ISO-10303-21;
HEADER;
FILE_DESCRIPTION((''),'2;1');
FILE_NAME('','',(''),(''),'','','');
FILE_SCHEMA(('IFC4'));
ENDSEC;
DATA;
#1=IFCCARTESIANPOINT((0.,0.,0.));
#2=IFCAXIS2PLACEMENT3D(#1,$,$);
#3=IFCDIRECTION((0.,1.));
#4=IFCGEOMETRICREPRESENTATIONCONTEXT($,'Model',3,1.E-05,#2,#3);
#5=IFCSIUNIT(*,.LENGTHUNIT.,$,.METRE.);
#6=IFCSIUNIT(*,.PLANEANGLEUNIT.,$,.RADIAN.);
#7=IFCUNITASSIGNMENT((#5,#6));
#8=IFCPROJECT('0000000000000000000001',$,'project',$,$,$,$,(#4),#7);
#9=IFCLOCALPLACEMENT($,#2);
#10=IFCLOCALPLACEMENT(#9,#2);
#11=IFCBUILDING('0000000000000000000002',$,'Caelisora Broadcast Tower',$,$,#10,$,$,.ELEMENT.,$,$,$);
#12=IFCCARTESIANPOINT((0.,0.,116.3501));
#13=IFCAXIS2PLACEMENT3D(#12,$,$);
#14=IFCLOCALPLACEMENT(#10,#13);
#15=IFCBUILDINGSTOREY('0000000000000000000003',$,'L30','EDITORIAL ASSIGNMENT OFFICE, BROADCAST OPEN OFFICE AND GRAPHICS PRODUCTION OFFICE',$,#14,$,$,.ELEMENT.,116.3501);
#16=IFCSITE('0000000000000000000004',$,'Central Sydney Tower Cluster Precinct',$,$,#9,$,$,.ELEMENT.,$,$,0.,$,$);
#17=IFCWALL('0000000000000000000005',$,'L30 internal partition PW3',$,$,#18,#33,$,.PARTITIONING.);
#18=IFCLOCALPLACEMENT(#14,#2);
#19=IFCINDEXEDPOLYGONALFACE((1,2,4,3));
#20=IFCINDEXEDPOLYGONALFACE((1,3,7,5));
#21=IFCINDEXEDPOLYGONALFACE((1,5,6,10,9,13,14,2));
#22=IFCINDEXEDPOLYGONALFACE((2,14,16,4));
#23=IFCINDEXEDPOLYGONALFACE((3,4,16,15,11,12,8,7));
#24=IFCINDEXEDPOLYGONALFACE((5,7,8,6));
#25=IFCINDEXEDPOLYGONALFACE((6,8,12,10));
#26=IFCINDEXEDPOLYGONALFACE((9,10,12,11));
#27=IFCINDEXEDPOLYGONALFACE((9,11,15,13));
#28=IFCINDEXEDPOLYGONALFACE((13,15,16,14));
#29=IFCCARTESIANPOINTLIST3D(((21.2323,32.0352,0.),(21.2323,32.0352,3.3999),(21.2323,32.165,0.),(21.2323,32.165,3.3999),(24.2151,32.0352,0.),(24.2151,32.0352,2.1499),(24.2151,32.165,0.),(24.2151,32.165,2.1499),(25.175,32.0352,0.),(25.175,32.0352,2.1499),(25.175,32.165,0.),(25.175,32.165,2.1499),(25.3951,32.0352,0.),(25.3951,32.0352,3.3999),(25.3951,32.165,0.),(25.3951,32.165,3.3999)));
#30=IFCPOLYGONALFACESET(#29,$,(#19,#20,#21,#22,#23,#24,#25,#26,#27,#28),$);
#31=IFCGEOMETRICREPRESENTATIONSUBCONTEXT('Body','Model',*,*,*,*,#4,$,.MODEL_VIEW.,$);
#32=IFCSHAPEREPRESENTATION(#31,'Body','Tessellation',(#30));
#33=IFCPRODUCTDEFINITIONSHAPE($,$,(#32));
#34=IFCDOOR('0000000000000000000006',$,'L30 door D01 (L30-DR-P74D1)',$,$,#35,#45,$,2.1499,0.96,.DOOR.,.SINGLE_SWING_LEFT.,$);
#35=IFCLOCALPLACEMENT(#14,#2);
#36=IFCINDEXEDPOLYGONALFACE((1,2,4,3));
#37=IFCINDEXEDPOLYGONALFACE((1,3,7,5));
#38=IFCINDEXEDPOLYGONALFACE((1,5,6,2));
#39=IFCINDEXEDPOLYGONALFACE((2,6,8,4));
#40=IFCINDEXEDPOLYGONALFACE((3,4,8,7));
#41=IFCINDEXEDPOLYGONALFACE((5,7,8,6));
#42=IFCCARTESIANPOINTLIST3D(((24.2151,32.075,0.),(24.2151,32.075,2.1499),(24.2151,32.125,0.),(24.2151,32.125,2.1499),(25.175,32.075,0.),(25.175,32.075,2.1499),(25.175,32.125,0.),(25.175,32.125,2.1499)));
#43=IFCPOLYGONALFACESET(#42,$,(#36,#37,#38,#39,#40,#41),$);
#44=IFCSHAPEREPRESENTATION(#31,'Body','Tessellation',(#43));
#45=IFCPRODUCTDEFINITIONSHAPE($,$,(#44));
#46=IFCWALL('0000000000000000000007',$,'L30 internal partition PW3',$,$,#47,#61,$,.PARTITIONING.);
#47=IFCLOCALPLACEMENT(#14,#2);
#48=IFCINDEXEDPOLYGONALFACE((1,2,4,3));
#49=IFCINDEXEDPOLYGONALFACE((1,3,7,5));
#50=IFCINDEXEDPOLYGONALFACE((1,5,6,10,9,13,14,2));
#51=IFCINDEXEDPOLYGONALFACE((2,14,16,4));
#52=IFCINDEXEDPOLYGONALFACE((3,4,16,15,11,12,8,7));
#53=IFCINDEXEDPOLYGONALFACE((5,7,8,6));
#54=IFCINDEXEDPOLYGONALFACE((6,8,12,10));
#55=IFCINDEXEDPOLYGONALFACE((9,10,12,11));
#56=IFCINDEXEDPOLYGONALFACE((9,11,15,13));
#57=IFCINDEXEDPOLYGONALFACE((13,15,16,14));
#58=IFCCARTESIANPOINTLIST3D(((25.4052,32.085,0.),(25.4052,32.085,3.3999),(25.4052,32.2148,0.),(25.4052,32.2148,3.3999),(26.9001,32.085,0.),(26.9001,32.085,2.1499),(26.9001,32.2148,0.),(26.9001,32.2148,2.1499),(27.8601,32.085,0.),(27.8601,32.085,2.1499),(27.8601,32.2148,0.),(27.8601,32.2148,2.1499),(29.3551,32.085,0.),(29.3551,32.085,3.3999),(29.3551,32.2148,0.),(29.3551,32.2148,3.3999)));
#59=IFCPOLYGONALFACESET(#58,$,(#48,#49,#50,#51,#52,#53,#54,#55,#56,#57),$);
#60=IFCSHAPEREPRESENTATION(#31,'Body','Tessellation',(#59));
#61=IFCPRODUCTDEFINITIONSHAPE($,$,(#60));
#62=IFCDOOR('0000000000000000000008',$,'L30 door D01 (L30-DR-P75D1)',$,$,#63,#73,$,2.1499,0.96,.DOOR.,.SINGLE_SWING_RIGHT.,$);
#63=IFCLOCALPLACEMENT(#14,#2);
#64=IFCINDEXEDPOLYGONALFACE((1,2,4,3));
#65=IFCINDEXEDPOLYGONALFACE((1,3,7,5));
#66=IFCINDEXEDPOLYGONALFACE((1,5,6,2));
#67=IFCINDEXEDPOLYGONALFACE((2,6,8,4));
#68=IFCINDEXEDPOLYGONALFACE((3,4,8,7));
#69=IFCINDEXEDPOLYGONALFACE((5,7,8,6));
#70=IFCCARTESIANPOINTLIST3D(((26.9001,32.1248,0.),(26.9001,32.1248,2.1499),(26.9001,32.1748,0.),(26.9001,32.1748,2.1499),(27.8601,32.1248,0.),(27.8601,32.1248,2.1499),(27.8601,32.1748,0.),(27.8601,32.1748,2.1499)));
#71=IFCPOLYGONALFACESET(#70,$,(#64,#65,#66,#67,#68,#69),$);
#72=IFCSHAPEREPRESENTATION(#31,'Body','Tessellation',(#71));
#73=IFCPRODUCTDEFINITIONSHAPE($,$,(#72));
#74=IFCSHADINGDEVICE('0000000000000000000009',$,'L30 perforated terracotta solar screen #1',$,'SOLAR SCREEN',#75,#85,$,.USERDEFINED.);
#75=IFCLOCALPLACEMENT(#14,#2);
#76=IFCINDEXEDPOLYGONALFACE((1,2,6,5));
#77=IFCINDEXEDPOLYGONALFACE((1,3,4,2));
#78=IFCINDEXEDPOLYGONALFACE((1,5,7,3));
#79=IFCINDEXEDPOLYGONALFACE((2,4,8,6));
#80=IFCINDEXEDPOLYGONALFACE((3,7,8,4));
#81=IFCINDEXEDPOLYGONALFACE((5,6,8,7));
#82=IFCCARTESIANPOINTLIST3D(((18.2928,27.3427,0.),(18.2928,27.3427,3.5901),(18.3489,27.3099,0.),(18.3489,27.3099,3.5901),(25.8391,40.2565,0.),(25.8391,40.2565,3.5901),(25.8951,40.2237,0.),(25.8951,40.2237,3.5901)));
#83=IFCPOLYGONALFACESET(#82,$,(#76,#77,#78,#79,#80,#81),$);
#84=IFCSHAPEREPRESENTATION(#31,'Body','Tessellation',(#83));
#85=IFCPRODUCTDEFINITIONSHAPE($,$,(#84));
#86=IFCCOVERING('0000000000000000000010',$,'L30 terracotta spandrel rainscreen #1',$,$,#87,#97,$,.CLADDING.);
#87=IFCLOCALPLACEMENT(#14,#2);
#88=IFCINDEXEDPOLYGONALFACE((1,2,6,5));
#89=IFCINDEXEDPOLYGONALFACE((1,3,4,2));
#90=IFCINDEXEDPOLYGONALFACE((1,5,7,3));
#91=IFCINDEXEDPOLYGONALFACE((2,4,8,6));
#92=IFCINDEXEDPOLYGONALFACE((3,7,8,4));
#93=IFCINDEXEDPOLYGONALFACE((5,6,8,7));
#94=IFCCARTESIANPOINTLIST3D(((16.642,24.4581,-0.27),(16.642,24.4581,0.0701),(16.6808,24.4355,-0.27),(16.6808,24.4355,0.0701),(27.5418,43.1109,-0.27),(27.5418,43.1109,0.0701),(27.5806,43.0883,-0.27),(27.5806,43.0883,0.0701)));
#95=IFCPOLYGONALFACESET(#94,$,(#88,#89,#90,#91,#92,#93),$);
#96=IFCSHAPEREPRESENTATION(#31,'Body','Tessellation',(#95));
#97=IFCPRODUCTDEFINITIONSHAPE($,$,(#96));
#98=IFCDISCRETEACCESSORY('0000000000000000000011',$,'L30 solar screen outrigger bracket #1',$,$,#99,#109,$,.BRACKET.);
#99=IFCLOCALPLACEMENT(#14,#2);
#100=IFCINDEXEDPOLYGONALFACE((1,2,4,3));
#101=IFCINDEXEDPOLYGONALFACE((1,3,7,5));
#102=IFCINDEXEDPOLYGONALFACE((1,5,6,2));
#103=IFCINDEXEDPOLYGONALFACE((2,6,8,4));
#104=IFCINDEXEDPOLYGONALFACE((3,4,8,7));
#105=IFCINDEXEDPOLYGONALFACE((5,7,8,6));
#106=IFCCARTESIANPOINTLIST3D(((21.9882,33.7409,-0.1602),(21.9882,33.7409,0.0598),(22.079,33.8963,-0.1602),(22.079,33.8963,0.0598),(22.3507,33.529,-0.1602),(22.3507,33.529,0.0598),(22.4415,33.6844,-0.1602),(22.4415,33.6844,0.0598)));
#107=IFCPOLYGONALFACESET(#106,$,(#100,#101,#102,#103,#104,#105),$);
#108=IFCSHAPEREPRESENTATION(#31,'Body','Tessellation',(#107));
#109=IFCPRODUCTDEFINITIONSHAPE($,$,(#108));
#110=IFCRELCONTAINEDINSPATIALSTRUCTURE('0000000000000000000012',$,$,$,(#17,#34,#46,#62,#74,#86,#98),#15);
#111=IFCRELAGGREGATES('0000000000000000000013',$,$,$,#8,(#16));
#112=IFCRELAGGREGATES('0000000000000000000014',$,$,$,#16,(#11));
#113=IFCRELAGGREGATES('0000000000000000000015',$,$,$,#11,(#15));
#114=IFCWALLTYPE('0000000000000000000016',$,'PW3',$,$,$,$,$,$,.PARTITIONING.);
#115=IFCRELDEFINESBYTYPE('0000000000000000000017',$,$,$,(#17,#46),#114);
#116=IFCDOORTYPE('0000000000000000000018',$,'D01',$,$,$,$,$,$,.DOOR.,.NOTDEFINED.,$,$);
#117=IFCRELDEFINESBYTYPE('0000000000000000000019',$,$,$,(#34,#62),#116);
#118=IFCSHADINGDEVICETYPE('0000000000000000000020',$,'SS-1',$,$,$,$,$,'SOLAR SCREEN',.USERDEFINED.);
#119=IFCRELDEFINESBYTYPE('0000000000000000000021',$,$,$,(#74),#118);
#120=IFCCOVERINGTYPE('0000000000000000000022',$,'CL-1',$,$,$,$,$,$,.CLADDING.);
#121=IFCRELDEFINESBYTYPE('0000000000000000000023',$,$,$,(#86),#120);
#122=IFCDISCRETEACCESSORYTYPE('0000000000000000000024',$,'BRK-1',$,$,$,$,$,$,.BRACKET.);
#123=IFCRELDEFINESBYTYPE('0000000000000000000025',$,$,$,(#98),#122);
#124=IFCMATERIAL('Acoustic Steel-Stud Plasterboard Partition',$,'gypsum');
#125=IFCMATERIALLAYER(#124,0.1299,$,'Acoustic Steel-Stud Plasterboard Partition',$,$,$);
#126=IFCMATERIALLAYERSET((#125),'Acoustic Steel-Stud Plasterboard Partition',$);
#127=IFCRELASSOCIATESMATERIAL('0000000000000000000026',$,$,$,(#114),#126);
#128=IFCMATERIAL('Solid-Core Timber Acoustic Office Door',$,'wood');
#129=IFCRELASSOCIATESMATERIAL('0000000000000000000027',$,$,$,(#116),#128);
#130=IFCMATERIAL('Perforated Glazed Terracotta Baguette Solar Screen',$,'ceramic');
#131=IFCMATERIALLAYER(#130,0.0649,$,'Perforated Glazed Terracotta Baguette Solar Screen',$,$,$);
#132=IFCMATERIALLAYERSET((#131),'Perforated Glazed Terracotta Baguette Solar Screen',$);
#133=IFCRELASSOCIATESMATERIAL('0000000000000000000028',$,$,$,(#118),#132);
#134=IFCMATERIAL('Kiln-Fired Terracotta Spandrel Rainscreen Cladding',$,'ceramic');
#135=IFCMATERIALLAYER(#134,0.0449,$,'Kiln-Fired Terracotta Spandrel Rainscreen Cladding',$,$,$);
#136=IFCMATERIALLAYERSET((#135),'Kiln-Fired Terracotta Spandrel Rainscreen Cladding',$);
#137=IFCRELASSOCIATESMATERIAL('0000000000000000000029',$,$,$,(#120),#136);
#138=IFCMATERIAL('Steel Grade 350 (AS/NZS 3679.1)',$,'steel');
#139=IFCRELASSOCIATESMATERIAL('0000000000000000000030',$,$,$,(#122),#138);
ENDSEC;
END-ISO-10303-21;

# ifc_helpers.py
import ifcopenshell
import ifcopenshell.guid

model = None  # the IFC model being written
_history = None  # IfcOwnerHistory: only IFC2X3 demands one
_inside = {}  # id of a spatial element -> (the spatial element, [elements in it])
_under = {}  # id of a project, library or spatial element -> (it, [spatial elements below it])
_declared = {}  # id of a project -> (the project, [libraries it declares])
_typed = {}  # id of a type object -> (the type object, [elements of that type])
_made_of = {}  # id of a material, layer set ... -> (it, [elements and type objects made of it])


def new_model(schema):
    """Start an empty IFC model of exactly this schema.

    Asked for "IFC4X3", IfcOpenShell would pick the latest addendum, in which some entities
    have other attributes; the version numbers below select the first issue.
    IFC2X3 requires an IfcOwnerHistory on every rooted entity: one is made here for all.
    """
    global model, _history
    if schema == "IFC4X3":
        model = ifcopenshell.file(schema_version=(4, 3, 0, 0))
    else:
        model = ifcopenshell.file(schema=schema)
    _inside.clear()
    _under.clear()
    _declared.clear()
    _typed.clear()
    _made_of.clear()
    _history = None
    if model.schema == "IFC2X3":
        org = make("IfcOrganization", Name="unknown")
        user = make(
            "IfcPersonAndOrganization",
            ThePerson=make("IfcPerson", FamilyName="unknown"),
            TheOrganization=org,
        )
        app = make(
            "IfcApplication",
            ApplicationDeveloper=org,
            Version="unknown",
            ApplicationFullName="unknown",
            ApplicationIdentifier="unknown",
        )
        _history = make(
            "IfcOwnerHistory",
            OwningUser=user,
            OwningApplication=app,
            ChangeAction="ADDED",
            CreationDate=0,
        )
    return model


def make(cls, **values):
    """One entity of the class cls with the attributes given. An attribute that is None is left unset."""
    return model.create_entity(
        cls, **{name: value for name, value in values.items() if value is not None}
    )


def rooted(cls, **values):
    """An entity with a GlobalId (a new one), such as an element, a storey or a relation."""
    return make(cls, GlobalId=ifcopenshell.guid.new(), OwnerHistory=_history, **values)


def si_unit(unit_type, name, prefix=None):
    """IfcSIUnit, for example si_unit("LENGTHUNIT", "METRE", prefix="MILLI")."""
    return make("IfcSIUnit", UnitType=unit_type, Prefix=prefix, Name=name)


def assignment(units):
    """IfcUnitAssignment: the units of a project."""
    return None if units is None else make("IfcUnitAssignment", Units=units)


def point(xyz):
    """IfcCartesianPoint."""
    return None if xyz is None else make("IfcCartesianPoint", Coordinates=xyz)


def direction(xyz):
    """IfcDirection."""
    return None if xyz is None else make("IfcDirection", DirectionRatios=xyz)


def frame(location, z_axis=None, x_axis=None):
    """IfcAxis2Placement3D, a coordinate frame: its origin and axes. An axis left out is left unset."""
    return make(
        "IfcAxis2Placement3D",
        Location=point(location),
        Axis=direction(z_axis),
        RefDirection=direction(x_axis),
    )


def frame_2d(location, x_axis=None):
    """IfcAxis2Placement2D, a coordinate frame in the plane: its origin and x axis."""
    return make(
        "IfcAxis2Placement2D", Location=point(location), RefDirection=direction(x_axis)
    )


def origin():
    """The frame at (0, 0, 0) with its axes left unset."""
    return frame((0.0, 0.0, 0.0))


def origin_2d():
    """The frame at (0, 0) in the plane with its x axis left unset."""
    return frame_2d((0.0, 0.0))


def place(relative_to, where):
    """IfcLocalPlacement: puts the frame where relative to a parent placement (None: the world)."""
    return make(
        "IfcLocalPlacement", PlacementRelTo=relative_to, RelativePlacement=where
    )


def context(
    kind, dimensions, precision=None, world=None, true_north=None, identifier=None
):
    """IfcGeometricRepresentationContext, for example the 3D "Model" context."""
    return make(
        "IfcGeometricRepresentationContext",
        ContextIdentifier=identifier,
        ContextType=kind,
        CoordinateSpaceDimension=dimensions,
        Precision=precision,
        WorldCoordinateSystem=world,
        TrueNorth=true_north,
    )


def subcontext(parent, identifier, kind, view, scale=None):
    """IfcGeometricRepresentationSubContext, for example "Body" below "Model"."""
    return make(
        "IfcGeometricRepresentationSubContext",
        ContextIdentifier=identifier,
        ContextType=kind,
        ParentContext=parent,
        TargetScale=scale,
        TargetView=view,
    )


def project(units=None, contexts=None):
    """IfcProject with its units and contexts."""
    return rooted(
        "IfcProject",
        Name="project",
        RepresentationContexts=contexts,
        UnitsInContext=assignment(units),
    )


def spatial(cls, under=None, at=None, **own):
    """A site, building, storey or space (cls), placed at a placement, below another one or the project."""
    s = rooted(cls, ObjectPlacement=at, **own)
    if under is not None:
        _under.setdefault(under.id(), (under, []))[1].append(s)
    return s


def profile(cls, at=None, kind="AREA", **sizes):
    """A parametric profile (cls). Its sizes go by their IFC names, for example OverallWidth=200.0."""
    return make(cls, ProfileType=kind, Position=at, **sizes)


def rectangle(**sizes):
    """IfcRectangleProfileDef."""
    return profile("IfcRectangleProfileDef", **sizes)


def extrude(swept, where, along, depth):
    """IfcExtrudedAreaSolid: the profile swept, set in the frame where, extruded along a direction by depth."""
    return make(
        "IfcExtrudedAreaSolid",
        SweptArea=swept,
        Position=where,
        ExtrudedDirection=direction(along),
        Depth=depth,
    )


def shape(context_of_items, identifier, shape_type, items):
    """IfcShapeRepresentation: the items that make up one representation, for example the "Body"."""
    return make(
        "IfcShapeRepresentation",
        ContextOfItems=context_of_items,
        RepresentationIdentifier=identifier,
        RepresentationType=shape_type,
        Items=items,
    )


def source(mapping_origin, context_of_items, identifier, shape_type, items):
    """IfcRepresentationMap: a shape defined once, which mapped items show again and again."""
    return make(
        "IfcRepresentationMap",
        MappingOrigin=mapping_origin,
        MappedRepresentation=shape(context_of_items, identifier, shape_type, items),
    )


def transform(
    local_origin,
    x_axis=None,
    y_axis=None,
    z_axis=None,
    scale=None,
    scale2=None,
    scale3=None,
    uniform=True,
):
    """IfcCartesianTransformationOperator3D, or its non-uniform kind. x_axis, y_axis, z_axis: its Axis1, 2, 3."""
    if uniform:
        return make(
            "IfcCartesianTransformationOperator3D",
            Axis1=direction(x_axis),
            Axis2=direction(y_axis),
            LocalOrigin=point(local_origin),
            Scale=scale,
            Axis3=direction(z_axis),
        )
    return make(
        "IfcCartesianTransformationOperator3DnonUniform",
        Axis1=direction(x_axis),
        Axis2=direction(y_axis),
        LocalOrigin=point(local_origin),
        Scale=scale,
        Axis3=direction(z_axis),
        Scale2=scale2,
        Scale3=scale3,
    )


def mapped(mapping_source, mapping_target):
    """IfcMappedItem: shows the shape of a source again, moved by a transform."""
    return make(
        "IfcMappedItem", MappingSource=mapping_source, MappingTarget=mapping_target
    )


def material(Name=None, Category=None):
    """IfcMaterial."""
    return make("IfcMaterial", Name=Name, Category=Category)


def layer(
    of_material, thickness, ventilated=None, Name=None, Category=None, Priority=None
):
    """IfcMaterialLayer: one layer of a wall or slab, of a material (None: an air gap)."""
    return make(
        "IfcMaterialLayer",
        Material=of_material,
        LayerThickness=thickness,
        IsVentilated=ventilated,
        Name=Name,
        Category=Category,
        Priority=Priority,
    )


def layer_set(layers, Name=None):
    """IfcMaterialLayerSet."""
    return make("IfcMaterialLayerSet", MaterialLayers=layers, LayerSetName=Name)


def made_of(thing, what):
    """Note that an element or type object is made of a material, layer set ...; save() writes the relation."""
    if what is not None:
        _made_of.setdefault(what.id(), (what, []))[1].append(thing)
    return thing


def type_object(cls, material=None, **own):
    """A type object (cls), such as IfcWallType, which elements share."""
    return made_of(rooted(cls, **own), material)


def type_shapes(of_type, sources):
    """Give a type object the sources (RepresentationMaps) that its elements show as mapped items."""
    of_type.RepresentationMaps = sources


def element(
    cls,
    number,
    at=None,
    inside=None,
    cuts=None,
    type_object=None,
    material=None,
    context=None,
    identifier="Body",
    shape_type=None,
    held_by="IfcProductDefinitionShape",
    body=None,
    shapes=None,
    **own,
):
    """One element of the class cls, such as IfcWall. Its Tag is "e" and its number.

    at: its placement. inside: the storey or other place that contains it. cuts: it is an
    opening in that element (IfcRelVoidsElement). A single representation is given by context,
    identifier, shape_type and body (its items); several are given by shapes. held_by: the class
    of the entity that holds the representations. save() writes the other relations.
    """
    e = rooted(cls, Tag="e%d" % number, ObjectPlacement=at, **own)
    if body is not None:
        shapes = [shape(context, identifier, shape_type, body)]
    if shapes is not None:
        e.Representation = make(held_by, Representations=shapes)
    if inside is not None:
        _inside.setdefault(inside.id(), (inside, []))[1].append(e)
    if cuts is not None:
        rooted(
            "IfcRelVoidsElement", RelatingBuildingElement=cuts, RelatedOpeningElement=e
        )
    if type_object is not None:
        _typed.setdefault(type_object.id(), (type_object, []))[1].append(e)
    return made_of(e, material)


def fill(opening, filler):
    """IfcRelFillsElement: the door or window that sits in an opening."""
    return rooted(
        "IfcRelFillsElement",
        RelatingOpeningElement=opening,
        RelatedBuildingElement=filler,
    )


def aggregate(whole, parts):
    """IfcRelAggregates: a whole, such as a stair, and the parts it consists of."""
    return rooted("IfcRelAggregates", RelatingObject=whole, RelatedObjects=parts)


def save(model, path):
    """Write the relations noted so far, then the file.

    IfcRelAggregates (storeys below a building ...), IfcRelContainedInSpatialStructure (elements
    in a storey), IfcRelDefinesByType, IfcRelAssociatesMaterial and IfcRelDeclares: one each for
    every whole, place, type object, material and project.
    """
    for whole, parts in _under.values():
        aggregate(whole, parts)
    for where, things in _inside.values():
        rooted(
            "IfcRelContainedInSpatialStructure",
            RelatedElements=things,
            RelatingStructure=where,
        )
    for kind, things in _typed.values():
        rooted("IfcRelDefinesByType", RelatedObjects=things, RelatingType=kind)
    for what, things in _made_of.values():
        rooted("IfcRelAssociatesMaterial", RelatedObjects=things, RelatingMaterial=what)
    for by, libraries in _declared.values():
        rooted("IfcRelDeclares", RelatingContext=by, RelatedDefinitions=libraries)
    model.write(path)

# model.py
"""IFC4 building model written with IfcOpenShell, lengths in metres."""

from ifc_helpers import new_model, si_unit, direction, frame, frame_2d, origin, origin_2d, place, context, subcontext, project, spatial, rectangle, extrude, source, transform, mapped, material, layer, layer_set, type_object, type_shapes, element, fill, save


model = new_model("IFC4")

# Units and contexts
model_context = context("Model", 3, precision=1e-05, world=origin(), true_north=direction((0.0, 1.0)))
body_context = subcontext(model_context, "Body", "Model", "MODEL_VIEW")
ifc_project = project(units=[si_unit("LENGTHUNIT", "METRE"), si_unit("PLANEANGLEUNIT", "RADIAN")], contexts=[model_context])

# Site, building, storey
site_placement = place(None, origin())
site = spatial("IfcSite", under=ifc_project, at=site_placement, Name="Central Sydney Tower Cluster Precinct", CompositionType="ELEMENT", RefElevation=0.0)
building_placement = place(site_placement, origin())
building = spatial("IfcBuilding", under=site, at=building_placement, Name="Caelisora Broadcast Tower", CompositionType="ELEMENT")
storey_placement = place(building_placement, frame((0.0, 0.0, 116.3501)))
storey = spatial("IfcBuildingStorey", under=building, at=storey_placement, Name="L30", Description="EDITORIAL ASSIGNMENT OFFICE, BROADCAST OPEN OFFICE AND GRAPHICS PRODUCTION OFFICE", CompositionType="ELEMENT", Elevation=116.3501)

# Shared definitions
ifc_material_1 = material(Name="Steel Grade 350 (AS/NZS 3679.1)", Category="steel")

# Shared definitions
ifc_material_2 = material(Name="Acoustic Steel-Stud Plasterboard Partition", Category="gypsum")
ifc_layer_1 = layer(ifc_material_2, 0.1299, Name="Acoustic Steel-Stud Plasterboard Partition")
ifc_layer_set_1 = layer_set([ifc_layer_1], Name="Acoustic Steel-Stud Plasterboard Partition")
wall_type_1 = type_object("IfcWallType", Name="PW3", PredefinedType="PARTITIONING", material=ifc_layer_set_1)

# Walls, openings, doors
ifc_material_3 = material(Name="Solid-Core Timber Acoustic Office Door", Category="wood")
door_type_1 = type_object("IfcDoorType", Name="D01", OperationType="NOTDEFINED", PredefinedType="DOOR", material=ifc_material_3)
wall_1_placement = place(storey_placement, frame((21.2322, 32.1001, 0.0), z_axis=(0.0, 0.0, 1.0), x_axis=(1.0, 0.0, 0.0)))
wall_1 = element("IfcWall", 1, at=wall_1_placement, inside=storey, type_object=wall_type_1, Name="L30 internal partition PW3", PredefinedType="PARTITIONING", context=body_context, shape_type="SweptSolid", body=[
    extrude(rectangle(XDim=4.1628, YDim=0.1299, at=frame_2d((2.0815, 0.0))), origin(), (0.0, 0.0, 1.0), 3.3999),
])
opening_1_placement = place(wall_1_placement, frame((2.9829, 0.0, 0.0)))
opening_1 = element("IfcOpeningElement", 2, at=opening_1_placement, cuts=wall_1, PredefinedType="OPENING", context=body_context, shape_type="SweptSolid", body=[
    extrude(rectangle(XDim=0.96, YDim=2.1499, at=frame_2d((0.48, 1.075))), frame((0.0, 0.0769, 0.0), z_axis=(0.0, -1.0, 0.0), x_axis=(1.0, 0.0, 0.0)), (0.0, 0.0, 1.0), 0.1538),
])
door_1_placement = place(opening_1_placement, origin())
door_1 = element("IfcDoor", 3, at=door_1_placement, inside=storey, type_object=door_type_1, Name="L30 door D01 (L30-DR-P74D1)", OperationType="SINGLE_SWING_LEFT", OverallHeight=2.1499, OverallWidth=0.96, PredefinedType="DOOR", context=body_context, shape_type="SweptSolid", body=[
    extrude(rectangle(XDim=0.96, YDim=2.1499, at=frame_2d((0.48, 1.075))), frame((0.0, 0.0249, 0.0), z_axis=(0.0, -1.0, 0.0), x_axis=(1.0, 0.0, 0.0)), (0.0, 0.0, 1.0), 0.05),
])
fill(opening_1, door_1)
wall_2_placement = place(storey_placement, frame((25.405, 32.1499, 0.0), z_axis=(0.0, 0.0, 1.0), x_axis=(1.0, 0.0, 0.0)))
wall_2 = element("IfcWall", 4, at=wall_2_placement, inside=storey, type_object=wall_type_1, Name="L30 internal partition PW3", PredefinedType="PARTITIONING", context=body_context, shape_type="SweptSolid", body=[
    extrude(rectangle(XDim=3.95, YDim=0.1299, at=frame_2d((1.9751, 0.0))), origin(), (0.0, 0.0, 1.0), 3.3999),
])
opening_2_placement = place(wall_2_placement, frame((1.4951, 0.0, 0.0)))
opening_2 = element("IfcOpeningElement", 5, at=opening_2_placement, cuts=wall_2, PredefinedType="OPENING", context=body_context, shape_type="SweptSolid", body=[
    extrude(rectangle(XDim=0.96, YDim=2.1499, at=frame_2d((0.48, 1.075))), frame((0.0, 0.0769, 0.0), z_axis=(0.0, -1.0, 0.0), x_axis=(1.0, 0.0, 0.0)), (0.0, 0.0, 1.0), 0.1538),
])
door_2_placement = place(opening_2_placement, origin())
door_2 = element("IfcDoor", 6, at=door_2_placement, inside=storey, type_object=door_type_1, Name="L30 door D01 (L30-DR-P75D1)", OperationType="SINGLE_SWING_RIGHT", OverallHeight=2.1499, OverallWidth=0.96, PredefinedType="DOOR", context=body_context, shape_type="SweptSolid", body=[
    extrude(rectangle(XDim=0.96, YDim=2.1499, at=frame_2d((0.48, 1.075))), frame((0.0, 0.0249, 0.0), z_axis=(0.0, -1.0, 0.0), x_axis=(1.0, 0.0, 0.0)), (0.0, 0.0, 1.0), 0.05),
])
fill(opening_2, door_2)

# Shading device
ifc_material_4 = material(Name="Perforated Glazed Terracotta Baguette Solar Screen", Category="ceramic")
ifc_layer_2 = layer(ifc_material_4, 0.0649, Name="Perforated Glazed Terracotta Baguette Solar Screen")
ifc_layer_set_2 = layer_set([ifc_layer_2], Name="Perforated Glazed Terracotta Baguette Solar Screen")
shading_device_type = type_object("IfcShadingDeviceType", Name="SS-1", ElementType="SOLAR SCREEN", PredefinedType="USERDEFINED", material=ifc_layer_set_2)
shared_shape_1 = source(origin(), body_context, "Body", "SweptSolid", [
    extrude(rectangle(XDim=14.957, YDim=0.0649, at=origin_2d()), origin(), (0.0, 0.0, 1.0), 3.5901),
])
type_shapes(shading_device_type, [shared_shape_1])
shading_device_placement = place(storey_placement, frame((22.094, 33.7832, 0.0), z_axis=(0.0, 0.0, 1.0), x_axis=(-0.504528, -0.863396, 0.0)))
element("IfcShadingDevice", 7, at=shading_device_placement, inside=storey, type_object=shading_device_type, Name="L30 perforated terracotta solar screen #1", ObjectType="SOLAR SCREEN", PredefinedType="USERDEFINED", context=body_context, shape_type="MappedRepresentation", body=[
    mapped(shared_shape_1, transform((0.0, 0.0, 0.0), scale=1.0)),
])

# Covering
ifc_material_5 = material(Name="Kiln-Fired Terracotta Spandrel Rainscreen Cladding", Category="ceramic")
ifc_layer_3 = layer(ifc_material_5, 0.0449, Name="Kiln-Fired Terracotta Spandrel Rainscreen Cladding")
ifc_layer_set_3 = layer_set([ifc_layer_3], Name="Kiln-Fired Terracotta Spandrel Rainscreen Cladding")
covering_type = type_object("IfcCoveringType", Name="CL-1", PredefinedType="CLADDING", material=ifc_layer_set_3)
shared_shape_2 = source(origin(), body_context, "Body", "SweptSolid", [
    extrude(rectangle(XDim=21.604, YDim=0.0449, at=origin_2d()), origin(), (0.0, 0.0, 1.0), 0.3401),
])
type_shapes(covering_type, [shared_shape_2])
covering_placement = place(storey_placement, frame((22.1113, 33.7732, -0.27), z_axis=(0.0, 0.0, 1.0), x_axis=(-0.504528, -0.863396, 0.0)))
element("IfcCovering", 8, at=covering_placement, inside=storey, type_object=covering_type, Name="L30 terracotta spandrel rainscreen #1", PredefinedType="CLADDING", context=body_context, shape_type="MappedRepresentation", body=[
    mapped(shared_shape_2, transform((0.0, 0.0, 0.0), scale=1.0)),
])

# Discrete accessory
discrete_accessory_type = type_object("IfcDiscreteAccessoryType", Name="BRK-1", PredefinedType="BRACKET", material=ifc_material_1)
shared_shape_3 = source(origin(), body_context, "Body", "SweptSolid", [
    extrude(rectangle(XDim=0.1799, YDim=0.4199, at=origin_2d()), origin(), (0.0, 0.0, 1.0), 0.22),
])
type_shapes(discrete_accessory_type, [shared_shape_3])
discrete_accessory_placement = place(storey_placement, frame((22.2148, 33.7126, -0.1602), z_axis=(0.0, 0.0, 1.0), x_axis=(-0.504528, -0.863396, 0.0)))
element("IfcDiscreteAccessory", 9, at=discrete_accessory_placement, inside=storey, type_object=discrete_accessory_type, Name="L30 solar screen outrigger bracket #1", PredefinedType="BRACKET", context=body_context, shape_type="MappedRepresentation", body=[
    mapped(shared_shape_3, transform((0.0, 0.0, 0.0), scale=1.0)),
])

save(model, "model.ifc")
